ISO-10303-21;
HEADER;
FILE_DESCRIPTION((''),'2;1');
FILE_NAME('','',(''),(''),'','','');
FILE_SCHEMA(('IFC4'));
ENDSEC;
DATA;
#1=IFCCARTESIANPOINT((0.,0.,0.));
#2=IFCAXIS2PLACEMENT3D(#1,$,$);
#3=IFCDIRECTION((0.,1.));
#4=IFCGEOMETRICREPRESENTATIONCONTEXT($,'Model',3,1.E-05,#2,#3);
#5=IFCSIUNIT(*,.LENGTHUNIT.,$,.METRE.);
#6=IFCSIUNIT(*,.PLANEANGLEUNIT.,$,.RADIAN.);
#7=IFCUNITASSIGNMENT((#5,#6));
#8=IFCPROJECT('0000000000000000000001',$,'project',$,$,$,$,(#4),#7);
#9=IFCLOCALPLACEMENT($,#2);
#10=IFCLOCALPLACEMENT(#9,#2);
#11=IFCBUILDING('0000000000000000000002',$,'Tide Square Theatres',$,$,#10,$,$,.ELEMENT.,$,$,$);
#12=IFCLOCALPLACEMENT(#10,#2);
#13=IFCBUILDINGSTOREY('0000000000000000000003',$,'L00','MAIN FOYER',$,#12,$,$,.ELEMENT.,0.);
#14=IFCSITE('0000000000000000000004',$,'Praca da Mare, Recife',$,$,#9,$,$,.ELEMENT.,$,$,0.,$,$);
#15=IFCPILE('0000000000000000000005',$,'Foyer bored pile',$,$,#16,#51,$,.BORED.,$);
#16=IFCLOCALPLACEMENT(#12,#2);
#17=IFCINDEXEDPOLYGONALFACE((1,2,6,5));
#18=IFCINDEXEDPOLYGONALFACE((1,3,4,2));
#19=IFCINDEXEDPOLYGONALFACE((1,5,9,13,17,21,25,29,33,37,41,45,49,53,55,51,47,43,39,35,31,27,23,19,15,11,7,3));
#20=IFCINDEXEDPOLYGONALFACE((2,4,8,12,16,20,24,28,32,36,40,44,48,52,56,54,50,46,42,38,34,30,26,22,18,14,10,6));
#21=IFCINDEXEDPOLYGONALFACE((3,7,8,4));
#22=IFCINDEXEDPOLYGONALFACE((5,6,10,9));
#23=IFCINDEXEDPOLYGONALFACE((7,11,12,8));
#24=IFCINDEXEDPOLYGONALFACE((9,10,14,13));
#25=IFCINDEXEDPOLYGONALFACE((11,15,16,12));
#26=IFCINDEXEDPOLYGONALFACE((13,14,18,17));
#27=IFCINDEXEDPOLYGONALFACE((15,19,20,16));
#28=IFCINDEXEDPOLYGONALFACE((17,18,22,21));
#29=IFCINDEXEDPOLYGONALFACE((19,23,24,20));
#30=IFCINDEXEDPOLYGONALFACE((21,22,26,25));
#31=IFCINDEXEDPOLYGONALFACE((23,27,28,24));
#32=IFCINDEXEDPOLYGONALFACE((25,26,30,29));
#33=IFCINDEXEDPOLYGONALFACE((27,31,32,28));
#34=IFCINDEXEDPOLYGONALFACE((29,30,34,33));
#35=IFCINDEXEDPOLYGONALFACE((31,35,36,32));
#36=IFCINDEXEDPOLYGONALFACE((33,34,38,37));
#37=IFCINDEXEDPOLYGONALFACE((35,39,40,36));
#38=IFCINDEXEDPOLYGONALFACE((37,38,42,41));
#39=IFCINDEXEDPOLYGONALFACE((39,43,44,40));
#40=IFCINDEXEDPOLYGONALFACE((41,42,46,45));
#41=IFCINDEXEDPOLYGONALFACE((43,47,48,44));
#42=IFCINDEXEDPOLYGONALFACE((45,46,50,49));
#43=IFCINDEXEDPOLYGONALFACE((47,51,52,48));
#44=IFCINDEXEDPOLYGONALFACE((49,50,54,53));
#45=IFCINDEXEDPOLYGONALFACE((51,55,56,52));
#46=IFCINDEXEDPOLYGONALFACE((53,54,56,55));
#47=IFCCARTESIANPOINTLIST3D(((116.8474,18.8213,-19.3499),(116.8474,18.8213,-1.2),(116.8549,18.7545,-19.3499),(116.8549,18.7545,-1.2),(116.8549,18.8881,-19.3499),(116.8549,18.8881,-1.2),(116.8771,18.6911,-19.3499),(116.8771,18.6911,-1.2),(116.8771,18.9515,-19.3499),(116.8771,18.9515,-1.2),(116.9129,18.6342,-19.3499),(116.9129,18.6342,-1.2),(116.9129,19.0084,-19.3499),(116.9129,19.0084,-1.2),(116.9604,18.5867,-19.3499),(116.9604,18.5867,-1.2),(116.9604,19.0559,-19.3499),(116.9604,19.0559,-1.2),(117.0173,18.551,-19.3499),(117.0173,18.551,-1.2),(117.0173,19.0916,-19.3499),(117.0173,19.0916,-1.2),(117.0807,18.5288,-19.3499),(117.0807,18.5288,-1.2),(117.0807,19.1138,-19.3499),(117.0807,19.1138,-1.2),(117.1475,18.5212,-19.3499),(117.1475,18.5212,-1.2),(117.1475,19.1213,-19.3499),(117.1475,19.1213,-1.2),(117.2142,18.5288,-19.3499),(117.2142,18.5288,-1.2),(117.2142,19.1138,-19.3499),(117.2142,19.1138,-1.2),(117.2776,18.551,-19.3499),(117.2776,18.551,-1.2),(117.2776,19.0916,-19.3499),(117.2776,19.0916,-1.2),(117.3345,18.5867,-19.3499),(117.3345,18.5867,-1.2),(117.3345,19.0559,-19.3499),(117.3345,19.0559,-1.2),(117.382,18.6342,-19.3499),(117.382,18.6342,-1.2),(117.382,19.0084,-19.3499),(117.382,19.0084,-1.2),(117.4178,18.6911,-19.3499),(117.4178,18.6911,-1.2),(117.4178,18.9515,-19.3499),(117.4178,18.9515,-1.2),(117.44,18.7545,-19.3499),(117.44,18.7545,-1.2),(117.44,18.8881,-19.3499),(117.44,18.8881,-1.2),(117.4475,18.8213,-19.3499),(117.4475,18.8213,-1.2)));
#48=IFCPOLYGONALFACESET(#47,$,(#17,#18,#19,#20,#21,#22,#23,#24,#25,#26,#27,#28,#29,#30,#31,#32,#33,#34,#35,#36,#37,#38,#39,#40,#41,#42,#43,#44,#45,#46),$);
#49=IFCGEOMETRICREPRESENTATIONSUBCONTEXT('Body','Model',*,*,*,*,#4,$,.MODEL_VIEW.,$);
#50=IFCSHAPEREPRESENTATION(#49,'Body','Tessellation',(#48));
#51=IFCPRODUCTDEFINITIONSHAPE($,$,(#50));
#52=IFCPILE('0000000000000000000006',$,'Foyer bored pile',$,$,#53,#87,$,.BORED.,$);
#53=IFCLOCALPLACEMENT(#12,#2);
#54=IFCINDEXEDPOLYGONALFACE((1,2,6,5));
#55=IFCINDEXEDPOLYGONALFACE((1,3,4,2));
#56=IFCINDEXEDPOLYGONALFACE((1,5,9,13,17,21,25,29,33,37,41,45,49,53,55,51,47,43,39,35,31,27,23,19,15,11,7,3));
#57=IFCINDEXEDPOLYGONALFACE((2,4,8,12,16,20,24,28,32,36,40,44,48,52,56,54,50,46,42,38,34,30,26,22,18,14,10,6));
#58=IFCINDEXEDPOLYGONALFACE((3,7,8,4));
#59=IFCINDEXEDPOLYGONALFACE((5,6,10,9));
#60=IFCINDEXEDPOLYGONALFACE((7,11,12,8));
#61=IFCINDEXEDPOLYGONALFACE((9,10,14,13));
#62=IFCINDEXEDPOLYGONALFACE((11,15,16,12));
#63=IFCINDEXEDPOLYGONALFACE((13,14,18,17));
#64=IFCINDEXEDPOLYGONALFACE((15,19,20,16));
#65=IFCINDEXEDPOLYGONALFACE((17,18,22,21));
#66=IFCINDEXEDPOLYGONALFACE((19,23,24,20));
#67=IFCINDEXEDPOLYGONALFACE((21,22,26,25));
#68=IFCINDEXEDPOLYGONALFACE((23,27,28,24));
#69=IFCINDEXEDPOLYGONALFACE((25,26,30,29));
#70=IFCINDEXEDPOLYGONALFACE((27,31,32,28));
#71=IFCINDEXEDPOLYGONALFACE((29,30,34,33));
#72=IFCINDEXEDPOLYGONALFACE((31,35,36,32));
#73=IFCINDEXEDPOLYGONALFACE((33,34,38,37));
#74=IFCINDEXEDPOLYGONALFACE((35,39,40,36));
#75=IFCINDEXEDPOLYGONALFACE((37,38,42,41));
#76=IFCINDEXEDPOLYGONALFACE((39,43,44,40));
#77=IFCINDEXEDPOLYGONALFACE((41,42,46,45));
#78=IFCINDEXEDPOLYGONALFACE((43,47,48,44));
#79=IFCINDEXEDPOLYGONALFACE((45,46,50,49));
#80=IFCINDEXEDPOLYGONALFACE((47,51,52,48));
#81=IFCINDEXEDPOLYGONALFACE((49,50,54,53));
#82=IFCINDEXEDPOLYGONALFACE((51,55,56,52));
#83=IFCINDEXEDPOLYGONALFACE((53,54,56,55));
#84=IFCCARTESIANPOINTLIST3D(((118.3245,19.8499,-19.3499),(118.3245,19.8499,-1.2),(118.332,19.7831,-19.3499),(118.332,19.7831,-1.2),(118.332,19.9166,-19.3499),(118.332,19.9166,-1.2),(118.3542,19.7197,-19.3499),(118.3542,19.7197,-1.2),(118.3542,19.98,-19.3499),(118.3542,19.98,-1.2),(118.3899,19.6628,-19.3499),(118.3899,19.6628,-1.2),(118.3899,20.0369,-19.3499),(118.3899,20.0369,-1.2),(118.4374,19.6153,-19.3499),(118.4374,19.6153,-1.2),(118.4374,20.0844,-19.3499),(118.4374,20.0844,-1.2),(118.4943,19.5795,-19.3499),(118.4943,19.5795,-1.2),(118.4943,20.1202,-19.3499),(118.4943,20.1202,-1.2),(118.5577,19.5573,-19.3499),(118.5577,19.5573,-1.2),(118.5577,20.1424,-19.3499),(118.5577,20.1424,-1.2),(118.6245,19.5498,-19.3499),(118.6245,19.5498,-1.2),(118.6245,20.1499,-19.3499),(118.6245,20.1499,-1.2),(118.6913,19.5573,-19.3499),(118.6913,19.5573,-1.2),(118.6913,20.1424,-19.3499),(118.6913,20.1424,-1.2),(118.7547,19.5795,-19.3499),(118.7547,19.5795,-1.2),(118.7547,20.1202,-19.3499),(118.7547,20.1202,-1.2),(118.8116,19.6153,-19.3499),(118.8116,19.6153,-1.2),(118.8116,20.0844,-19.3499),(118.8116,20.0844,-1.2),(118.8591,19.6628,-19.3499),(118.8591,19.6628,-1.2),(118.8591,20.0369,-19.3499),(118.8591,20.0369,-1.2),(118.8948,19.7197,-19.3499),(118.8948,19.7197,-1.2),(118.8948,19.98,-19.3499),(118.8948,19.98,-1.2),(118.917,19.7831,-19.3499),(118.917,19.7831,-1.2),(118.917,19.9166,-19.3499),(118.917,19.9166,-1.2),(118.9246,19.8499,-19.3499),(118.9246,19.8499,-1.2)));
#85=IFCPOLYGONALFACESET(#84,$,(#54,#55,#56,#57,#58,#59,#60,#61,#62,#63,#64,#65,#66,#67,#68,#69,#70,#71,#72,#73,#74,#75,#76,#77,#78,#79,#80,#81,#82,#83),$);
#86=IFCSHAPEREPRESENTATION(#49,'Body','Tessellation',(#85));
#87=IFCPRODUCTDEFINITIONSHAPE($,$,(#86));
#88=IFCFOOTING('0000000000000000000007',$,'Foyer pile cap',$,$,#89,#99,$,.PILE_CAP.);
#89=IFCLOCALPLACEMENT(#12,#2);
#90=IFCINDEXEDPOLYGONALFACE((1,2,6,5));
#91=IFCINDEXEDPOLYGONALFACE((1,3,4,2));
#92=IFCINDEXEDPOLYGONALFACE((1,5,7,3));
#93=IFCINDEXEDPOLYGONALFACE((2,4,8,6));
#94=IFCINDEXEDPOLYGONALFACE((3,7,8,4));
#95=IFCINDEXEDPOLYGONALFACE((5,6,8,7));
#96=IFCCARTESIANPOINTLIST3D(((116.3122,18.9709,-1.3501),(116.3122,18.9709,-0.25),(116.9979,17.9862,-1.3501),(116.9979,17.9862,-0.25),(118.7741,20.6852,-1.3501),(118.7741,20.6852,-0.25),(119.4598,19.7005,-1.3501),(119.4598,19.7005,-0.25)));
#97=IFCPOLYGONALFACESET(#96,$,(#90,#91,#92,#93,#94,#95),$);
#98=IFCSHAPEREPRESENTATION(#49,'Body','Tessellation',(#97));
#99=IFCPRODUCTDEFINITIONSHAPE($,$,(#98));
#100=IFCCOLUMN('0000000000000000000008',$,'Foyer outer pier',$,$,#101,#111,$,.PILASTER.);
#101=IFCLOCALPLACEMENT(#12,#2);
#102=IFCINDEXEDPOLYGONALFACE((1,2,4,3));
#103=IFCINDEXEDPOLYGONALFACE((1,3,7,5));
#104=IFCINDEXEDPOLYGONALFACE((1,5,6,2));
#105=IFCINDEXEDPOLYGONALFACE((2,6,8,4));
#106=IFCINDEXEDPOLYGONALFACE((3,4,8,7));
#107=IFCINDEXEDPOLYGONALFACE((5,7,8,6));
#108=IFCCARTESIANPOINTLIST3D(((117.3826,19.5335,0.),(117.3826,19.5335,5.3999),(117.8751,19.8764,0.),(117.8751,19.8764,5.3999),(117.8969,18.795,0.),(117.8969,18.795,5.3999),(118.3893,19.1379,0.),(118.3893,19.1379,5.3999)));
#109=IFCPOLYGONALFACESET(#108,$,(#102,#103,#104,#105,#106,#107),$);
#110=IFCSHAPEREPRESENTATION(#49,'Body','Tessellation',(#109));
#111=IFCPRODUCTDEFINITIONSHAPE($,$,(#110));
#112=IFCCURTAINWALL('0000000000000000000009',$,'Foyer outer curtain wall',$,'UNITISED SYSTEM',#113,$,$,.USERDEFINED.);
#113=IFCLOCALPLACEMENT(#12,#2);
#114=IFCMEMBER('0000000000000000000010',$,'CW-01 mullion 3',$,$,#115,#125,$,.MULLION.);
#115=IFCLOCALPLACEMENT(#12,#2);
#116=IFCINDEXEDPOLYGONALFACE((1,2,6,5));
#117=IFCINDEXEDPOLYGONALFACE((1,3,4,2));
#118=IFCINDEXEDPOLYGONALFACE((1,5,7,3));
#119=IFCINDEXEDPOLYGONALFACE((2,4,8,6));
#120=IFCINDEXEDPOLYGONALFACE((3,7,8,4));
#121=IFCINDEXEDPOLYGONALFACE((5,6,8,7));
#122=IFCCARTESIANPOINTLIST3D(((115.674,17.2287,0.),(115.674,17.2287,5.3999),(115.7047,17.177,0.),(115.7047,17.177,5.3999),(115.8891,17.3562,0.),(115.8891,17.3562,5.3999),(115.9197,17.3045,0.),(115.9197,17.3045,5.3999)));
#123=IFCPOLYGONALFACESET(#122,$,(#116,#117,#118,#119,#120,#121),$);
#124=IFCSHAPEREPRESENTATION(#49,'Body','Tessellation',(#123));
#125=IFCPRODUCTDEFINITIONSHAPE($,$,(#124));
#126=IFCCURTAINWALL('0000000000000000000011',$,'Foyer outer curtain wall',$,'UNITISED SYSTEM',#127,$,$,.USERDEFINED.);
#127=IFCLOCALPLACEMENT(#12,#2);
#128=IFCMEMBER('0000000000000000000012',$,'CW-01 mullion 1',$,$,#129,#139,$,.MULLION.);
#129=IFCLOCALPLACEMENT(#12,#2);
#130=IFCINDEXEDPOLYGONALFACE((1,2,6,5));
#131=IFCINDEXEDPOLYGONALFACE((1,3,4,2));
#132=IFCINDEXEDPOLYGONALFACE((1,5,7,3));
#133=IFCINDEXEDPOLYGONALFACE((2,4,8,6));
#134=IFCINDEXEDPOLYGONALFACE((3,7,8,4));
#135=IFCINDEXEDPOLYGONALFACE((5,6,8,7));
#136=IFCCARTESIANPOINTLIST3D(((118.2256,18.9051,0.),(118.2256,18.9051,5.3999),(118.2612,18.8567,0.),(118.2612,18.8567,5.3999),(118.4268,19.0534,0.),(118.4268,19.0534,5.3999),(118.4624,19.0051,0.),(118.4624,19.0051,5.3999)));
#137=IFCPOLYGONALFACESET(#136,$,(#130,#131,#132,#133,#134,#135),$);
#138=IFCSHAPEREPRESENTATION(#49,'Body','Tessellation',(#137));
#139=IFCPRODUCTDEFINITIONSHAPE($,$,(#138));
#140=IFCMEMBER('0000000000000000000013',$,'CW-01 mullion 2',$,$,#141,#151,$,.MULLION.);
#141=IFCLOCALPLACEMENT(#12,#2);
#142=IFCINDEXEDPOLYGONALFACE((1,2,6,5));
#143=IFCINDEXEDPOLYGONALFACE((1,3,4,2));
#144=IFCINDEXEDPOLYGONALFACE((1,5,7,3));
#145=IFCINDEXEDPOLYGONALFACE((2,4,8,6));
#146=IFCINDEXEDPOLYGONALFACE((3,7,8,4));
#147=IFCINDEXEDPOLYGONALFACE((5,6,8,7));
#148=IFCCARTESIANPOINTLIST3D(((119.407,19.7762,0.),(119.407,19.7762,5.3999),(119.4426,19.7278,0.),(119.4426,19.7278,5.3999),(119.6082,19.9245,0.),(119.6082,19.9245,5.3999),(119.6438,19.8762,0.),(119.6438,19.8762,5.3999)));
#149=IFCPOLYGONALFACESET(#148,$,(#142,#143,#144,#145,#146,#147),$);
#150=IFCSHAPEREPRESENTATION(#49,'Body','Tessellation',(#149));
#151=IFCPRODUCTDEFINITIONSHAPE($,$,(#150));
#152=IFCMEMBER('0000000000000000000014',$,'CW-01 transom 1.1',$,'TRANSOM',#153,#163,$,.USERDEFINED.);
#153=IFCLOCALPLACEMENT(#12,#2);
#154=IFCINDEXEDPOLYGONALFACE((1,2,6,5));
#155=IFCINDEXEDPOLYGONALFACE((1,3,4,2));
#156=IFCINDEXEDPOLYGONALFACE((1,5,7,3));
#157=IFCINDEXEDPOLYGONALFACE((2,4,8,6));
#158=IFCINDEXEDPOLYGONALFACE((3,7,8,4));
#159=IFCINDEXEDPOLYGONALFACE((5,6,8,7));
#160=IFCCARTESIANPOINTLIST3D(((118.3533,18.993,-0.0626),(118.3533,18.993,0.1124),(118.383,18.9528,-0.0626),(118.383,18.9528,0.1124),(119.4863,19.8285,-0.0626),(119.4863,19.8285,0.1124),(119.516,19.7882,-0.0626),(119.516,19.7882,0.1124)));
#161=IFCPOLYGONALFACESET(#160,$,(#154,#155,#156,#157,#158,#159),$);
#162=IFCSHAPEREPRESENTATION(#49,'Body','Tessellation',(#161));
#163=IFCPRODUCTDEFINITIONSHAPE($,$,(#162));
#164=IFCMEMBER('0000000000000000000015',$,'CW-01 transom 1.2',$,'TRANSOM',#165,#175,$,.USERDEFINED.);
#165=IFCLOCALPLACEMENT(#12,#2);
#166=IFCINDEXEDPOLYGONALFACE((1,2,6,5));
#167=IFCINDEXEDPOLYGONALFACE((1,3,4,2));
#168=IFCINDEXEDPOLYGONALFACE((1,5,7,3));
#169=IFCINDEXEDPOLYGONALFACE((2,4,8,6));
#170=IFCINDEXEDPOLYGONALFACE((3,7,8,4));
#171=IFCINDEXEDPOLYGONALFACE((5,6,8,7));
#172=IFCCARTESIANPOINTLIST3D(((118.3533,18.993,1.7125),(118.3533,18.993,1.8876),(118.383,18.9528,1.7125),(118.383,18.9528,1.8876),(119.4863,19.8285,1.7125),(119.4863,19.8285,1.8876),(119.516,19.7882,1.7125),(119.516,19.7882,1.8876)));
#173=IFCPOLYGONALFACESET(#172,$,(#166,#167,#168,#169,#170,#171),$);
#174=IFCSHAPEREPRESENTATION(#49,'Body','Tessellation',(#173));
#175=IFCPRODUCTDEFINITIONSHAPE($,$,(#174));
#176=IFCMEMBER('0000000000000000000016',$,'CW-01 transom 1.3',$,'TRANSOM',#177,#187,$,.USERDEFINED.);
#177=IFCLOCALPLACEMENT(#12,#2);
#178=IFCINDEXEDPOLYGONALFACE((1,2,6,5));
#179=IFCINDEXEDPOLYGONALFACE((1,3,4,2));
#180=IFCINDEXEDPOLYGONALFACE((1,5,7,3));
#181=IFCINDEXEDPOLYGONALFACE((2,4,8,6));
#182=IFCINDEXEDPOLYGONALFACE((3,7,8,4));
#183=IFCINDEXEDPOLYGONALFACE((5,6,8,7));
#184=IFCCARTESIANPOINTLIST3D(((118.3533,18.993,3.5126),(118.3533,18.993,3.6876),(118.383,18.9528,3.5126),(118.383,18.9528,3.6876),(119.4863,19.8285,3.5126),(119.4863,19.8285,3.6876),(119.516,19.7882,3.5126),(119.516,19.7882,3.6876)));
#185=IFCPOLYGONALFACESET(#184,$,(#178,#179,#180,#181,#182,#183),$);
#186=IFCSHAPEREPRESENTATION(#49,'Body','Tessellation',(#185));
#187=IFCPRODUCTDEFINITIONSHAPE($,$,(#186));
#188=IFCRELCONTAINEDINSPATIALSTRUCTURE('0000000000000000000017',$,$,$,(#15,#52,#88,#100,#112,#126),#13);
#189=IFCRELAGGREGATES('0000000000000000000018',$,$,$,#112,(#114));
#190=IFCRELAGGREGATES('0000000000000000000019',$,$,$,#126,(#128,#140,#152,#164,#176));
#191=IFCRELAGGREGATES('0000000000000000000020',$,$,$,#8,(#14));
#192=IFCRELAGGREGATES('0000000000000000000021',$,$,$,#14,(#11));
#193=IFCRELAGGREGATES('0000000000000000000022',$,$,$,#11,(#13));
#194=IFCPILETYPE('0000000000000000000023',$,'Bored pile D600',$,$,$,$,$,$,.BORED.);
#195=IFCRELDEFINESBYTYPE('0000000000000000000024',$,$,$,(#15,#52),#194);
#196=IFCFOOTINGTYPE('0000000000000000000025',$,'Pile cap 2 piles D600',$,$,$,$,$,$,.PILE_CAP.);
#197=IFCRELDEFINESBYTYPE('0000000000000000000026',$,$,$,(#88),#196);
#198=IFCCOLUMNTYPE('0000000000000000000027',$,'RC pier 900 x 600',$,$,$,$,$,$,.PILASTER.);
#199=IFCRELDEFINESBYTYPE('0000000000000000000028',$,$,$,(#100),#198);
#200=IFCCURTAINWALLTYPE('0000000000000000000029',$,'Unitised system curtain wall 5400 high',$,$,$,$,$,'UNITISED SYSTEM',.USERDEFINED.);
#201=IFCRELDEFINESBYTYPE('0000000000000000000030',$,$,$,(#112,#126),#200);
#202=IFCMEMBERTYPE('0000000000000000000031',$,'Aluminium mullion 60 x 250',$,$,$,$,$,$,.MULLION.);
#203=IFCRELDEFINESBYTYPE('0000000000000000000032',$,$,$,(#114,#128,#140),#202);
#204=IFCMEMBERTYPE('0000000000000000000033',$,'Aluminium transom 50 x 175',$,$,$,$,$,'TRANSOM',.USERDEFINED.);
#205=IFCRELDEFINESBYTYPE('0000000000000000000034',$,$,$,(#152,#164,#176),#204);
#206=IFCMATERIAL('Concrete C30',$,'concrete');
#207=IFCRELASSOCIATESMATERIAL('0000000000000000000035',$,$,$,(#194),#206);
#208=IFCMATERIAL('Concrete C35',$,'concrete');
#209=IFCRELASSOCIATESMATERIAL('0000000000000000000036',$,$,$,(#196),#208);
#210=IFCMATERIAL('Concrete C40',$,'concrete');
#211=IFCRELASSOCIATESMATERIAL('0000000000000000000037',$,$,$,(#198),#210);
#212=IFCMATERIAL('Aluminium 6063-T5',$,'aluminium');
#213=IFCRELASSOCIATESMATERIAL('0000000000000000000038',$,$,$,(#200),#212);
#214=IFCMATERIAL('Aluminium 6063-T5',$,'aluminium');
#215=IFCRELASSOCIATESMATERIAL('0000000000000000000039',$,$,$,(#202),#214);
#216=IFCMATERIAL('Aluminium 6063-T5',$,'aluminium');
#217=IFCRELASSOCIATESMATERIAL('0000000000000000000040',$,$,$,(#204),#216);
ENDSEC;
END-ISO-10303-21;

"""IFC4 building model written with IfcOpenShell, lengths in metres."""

from ifc_helpers import new_model, si_unit, direction, frame, origin, origin_2d, place, context, subcontext, project, spatial, rectangle, circle, extrude, material, material_profile, profile_set, type_object, element, aggregate, save


model = new_model("IFC4")

# Units and contexts
model_context = context("Model", 3, precision=1e-05, world=origin(), true_north=direction((0.0, 1.0)))
body_context = subcontext(model_context, "Body", "Model", "MODEL_VIEW")
ifc_project = project(units=[si_unit("LENGTHUNIT", "METRE"), si_unit("PLANEANGLEUNIT", "RADIAN")], contexts=[model_context])

# Site, building, storey
site_placement = place(None, origin())
site = spatial("IfcSite", under=ifc_project, at=site_placement, Name="Praca da Mare, Recife", CompositionType="ELEMENT", RefElevation=0.0)
building_placement = place(site_placement, origin())
building = spatial("IfcBuilding", under=site, at=building_placement, Name="Tide Square Theatres", CompositionType="ELEMENT")
storey_placement = place(building_placement, origin())
storey = spatial("IfcBuildingStorey", under=building, at=storey_placement, Name="L00", Description="MAIN FOYER", CompositionType="ELEMENT", Elevation=0.0)

# Piles
ifc_material_1 = material(Name="Concrete C30", Category="concrete")
ifc_material_profile_1 = material_profile(ifc_material_1, circle(Radius=0.3, at=origin_2d()))
ifc_profile_set_1 = profile_set([ifc_material_profile_1], Name="Concrete C30")
pile_type = type_object("IfcPileType", Name="Bored pile D600", PredefinedType="BORED", material=ifc_profile_set_1)
for number, where, z_axis, x_axis, name in (
    (1, (117.1475, 18.8213, -1.2), (0.0, 0.0, -1.0), (1.0, 0.0, 0.0), "Foyer bored pile"),
    (2, (118.6245, 19.8499, -1.2), (0.0, 0.0, -1.0), (1.0, 0.0, 0.0), "Foyer bored pile"),
):
    element("IfcPile", number, at=place(storey_placement, frame(where, z_axis=z_axis, x_axis=x_axis)), inside=storey, type_object=pile_type, Name=name, PredefinedType="BORED", context=body_context, shape_type="SweptSolid", body=[
        extrude(circle(Radius=0.3, at=origin_2d()), origin(), (0.0, 0.0, 1.0), 18.1499),
    ])

# Footing
ifc_material_2 = material(Name="Concrete C35", Category="concrete")
footing_type = type_object("IfcFootingType", Name="Pile cap 2 piles D600", PredefinedType="PILE_CAP", material=ifc_material_2)
footing_placement = place(storey_placement, frame((117.886, 19.3357, -1.3501), z_axis=(0.0, 0.0, 1.0), x_axis=(0.820648, 0.571434, 0.0)))
element("IfcFooting", 3, at=footing_placement, inside=storey, type_object=footing_type, Name="Foyer pile cap", PredefinedType="PILE_CAP", context=body_context, shape_type="SweptSolid", body=[
    extrude(rectangle(XDim=3.0, YDim=1.2, at=origin_2d()), origin(), (0.0, 0.0, 1.0), 1.1001),
])

# Column
ifc_material_3 = material(Name="Concrete C40", Category="concrete")
ifc_material_profile_2 = material_profile(ifc_material_3, rectangle(XDim=0.8999, YDim=0.6001, at=origin_2d()))
ifc_profile_set_2 = profile_set([ifc_material_profile_2], Name="Concrete C40")
column_type = type_object("IfcColumnType", Name="RC pier 900 x 600", PredefinedType="PILASTER", material=ifc_profile_set_2)
column_placement = place(storey_placement, frame((117.886, 19.3357, 0.0), z_axis=(0.0, 0.0, 1.0), x_axis=(0.571434, -0.820648, 0.0)))
element("IfcColumn", 4, at=column_placement, inside=storey, type_object=column_type, Name="Foyer outer pier", PredefinedType="PILASTER", context=body_context, shape_type="SweptSolid", body=[
    extrude(rectangle(XDim=0.8999, YDim=0.6001, at=origin_2d()), origin(), (0.0, 0.0, 1.0), 5.3999),
])

# Curtain wall, member
ifc_material_4 = material(Name="Aluminium 6063-T5", Category="aluminium")
curtain_wall_type = type_object("IfcCurtainWallType", Name="Unitised system curtain wall 5400 high", ElementType="UNITISED SYSTEM", PredefinedType="USERDEFINED", material=ifc_material_4)
curtain_wall_1_placement = place(storey_placement, origin())
curtain_wall_1 = element("IfcCurtainWall", 5, at=curtain_wall_1_placement, inside=storey, type_object=curtain_wall_type, Name="Foyer outer curtain wall", ObjectType="UNITISED SYSTEM", PredefinedType="USERDEFINED")
ifc_material_5 = material(Name="Aluminium 6063-T5", Category="aluminium")
ifc_material_profile_3 = material_profile(ifc_material_5, rectangle(XDim=0.0601, YDim=0.25, at=origin_2d()))
ifc_profile_set_3 = profile_set([ifc_material_profile_3], Name="Aluminium 6063-T5")
member_type_1 = type_object("IfcMemberType", Name="Aluminium mullion 60 x 250", PredefinedType="MULLION", material=ifc_profile_set_3)
member_1_placement = place(storey_placement, frame((115.7969, 17.2666, 0.0), z_axis=(0.0, 0.0, 1.0), x_axis=(-0.510125, 0.8601, 0.0)))
member_1 = element("IfcMember", 6, at=member_1_placement, type_object=member_type_1, Name="CW-01 mullion 3", PredefinedType="MULLION", context=body_context, shape_type="SweptSolid", body=[
    extrude(rectangle(XDim=0.0601, YDim=0.25, at=origin_2d()), origin(), (0.0, 0.0, 1.0), 5.3999),
])

# Curtain wall, members
curtain_wall_2_placement = place(storey_placement, origin())
curtain_wall_2 = element("IfcCurtainWall", 7, at=curtain_wall_2_placement, inside=storey, type_object=curtain_wall_type, Name="Foyer outer curtain wall", ObjectType="UNITISED SYSTEM", PredefinedType="USERDEFINED")
member_2_placement = place(storey_placement, frame((118.344, 18.9551, 0.0), z_axis=(0.0, 0.0, 1.0), x_axis=(-0.593508, 0.804828, 0.0)))
member_2 = element("IfcMember", 8, at=member_2_placement, type_object=member_type_1, Name="CW-01 mullion 1", PredefinedType="MULLION", context=body_context, shape_type="SweptSolid", body=[
    extrude(rectangle(XDim=0.0601, YDim=0.25, at=origin_2d()), origin(), (0.0, 0.0, 1.0), 5.3999),
])
member_3_placement = place(storey_placement, frame((119.5254, 19.8262, 0.0), z_axis=(0.0, 0.0, 1.0), x_axis=(-0.593508, 0.804828, 0.0)))
member_3 = element("IfcMember", 9, at=member_3_placement, type_object=member_type_1, Name="CW-01 mullion 2", PredefinedType="MULLION", context=body_context, shape_type="SweptSolid", body=[
    extrude(rectangle(XDim=0.0601, YDim=0.25, at=origin_2d()), origin(), (0.0, 0.0, 1.0), 5.3999),
])
ifc_material_6 = material(Name="Aluminium 6063-T5", Category="aluminium")
ifc_material_profile_4 = material_profile(ifc_material_6, rectangle(XDim=0.05, YDim=0.175, at=origin_2d()))
ifc_profile_set_4 = profile_set([ifc_material_profile_4], Name="Aluminium 6063-T5")
member_type_2 = type_object("IfcMemberType", Name="Aluminium transom 50 x 175", ElementType="TRANSOM", PredefinedType="USERDEFINED", material=ifc_profile_set_4)
member_4_placement = place(storey_placement, frame((118.3682, 18.9729, 0.0249), z_axis=(0.804864, 0.593459, 0.0), x_axis=(-0.593459, 0.804864, 0.0)))
member_4 = element("IfcMember", 10, at=member_4_placement, type_object=member_type_2, Name="CW-01 transom 1.1", ObjectType="TRANSOM", PredefinedType="USERDEFINED", context=body_context, shape_type="SweptSolid", body=[
    extrude(rectangle(XDim=0.05, YDim=0.175, at=origin_2d()), origin(), (0.0, 0.0, 1.0), 1.4077),
])
member_5_placement = place(storey_placement, frame((118.3682, 18.9729, 1.8), z_axis=(0.804864, 0.593459, 0.0), x_axis=(-0.593459, 0.804864, 0.0)))
member_5 = element("IfcMember", 11, at=member_5_placement, type_object=member_type_2, Name="CW-01 transom 1.2", ObjectType="TRANSOM", PredefinedType="USERDEFINED", context=body_context, shape_type="SweptSolid", body=[
    extrude(rectangle(XDim=0.05, YDim=0.175, at=origin_2d()), origin(), (0.0, 0.0, 1.0), 1.4077),
])
member_6_placement = place(storey_placement, frame((118.3682, 18.9729, 3.6001), z_axis=(0.804864, 0.593459, 0.0), x_axis=(-0.593459, 0.804864, 0.0)))
member_6 = element("IfcMember", 12, at=member_6_placement, type_object=member_type_2, Name="CW-01 transom 1.3", ObjectType="TRANSOM", PredefinedType="USERDEFINED", context=body_context, shape_type="SweptSolid", body=[
    extrude(rectangle(XDim=0.05, YDim=0.175, at=origin_2d()), origin(), (0.0, 0.0, 1.0), 1.4077),
])

aggregate(curtain_wall_1, [member_1])
aggregate(curtain_wall_2, [member_2, member_3, member_4, member_5, member_6])

save(model, "model.ifc")
